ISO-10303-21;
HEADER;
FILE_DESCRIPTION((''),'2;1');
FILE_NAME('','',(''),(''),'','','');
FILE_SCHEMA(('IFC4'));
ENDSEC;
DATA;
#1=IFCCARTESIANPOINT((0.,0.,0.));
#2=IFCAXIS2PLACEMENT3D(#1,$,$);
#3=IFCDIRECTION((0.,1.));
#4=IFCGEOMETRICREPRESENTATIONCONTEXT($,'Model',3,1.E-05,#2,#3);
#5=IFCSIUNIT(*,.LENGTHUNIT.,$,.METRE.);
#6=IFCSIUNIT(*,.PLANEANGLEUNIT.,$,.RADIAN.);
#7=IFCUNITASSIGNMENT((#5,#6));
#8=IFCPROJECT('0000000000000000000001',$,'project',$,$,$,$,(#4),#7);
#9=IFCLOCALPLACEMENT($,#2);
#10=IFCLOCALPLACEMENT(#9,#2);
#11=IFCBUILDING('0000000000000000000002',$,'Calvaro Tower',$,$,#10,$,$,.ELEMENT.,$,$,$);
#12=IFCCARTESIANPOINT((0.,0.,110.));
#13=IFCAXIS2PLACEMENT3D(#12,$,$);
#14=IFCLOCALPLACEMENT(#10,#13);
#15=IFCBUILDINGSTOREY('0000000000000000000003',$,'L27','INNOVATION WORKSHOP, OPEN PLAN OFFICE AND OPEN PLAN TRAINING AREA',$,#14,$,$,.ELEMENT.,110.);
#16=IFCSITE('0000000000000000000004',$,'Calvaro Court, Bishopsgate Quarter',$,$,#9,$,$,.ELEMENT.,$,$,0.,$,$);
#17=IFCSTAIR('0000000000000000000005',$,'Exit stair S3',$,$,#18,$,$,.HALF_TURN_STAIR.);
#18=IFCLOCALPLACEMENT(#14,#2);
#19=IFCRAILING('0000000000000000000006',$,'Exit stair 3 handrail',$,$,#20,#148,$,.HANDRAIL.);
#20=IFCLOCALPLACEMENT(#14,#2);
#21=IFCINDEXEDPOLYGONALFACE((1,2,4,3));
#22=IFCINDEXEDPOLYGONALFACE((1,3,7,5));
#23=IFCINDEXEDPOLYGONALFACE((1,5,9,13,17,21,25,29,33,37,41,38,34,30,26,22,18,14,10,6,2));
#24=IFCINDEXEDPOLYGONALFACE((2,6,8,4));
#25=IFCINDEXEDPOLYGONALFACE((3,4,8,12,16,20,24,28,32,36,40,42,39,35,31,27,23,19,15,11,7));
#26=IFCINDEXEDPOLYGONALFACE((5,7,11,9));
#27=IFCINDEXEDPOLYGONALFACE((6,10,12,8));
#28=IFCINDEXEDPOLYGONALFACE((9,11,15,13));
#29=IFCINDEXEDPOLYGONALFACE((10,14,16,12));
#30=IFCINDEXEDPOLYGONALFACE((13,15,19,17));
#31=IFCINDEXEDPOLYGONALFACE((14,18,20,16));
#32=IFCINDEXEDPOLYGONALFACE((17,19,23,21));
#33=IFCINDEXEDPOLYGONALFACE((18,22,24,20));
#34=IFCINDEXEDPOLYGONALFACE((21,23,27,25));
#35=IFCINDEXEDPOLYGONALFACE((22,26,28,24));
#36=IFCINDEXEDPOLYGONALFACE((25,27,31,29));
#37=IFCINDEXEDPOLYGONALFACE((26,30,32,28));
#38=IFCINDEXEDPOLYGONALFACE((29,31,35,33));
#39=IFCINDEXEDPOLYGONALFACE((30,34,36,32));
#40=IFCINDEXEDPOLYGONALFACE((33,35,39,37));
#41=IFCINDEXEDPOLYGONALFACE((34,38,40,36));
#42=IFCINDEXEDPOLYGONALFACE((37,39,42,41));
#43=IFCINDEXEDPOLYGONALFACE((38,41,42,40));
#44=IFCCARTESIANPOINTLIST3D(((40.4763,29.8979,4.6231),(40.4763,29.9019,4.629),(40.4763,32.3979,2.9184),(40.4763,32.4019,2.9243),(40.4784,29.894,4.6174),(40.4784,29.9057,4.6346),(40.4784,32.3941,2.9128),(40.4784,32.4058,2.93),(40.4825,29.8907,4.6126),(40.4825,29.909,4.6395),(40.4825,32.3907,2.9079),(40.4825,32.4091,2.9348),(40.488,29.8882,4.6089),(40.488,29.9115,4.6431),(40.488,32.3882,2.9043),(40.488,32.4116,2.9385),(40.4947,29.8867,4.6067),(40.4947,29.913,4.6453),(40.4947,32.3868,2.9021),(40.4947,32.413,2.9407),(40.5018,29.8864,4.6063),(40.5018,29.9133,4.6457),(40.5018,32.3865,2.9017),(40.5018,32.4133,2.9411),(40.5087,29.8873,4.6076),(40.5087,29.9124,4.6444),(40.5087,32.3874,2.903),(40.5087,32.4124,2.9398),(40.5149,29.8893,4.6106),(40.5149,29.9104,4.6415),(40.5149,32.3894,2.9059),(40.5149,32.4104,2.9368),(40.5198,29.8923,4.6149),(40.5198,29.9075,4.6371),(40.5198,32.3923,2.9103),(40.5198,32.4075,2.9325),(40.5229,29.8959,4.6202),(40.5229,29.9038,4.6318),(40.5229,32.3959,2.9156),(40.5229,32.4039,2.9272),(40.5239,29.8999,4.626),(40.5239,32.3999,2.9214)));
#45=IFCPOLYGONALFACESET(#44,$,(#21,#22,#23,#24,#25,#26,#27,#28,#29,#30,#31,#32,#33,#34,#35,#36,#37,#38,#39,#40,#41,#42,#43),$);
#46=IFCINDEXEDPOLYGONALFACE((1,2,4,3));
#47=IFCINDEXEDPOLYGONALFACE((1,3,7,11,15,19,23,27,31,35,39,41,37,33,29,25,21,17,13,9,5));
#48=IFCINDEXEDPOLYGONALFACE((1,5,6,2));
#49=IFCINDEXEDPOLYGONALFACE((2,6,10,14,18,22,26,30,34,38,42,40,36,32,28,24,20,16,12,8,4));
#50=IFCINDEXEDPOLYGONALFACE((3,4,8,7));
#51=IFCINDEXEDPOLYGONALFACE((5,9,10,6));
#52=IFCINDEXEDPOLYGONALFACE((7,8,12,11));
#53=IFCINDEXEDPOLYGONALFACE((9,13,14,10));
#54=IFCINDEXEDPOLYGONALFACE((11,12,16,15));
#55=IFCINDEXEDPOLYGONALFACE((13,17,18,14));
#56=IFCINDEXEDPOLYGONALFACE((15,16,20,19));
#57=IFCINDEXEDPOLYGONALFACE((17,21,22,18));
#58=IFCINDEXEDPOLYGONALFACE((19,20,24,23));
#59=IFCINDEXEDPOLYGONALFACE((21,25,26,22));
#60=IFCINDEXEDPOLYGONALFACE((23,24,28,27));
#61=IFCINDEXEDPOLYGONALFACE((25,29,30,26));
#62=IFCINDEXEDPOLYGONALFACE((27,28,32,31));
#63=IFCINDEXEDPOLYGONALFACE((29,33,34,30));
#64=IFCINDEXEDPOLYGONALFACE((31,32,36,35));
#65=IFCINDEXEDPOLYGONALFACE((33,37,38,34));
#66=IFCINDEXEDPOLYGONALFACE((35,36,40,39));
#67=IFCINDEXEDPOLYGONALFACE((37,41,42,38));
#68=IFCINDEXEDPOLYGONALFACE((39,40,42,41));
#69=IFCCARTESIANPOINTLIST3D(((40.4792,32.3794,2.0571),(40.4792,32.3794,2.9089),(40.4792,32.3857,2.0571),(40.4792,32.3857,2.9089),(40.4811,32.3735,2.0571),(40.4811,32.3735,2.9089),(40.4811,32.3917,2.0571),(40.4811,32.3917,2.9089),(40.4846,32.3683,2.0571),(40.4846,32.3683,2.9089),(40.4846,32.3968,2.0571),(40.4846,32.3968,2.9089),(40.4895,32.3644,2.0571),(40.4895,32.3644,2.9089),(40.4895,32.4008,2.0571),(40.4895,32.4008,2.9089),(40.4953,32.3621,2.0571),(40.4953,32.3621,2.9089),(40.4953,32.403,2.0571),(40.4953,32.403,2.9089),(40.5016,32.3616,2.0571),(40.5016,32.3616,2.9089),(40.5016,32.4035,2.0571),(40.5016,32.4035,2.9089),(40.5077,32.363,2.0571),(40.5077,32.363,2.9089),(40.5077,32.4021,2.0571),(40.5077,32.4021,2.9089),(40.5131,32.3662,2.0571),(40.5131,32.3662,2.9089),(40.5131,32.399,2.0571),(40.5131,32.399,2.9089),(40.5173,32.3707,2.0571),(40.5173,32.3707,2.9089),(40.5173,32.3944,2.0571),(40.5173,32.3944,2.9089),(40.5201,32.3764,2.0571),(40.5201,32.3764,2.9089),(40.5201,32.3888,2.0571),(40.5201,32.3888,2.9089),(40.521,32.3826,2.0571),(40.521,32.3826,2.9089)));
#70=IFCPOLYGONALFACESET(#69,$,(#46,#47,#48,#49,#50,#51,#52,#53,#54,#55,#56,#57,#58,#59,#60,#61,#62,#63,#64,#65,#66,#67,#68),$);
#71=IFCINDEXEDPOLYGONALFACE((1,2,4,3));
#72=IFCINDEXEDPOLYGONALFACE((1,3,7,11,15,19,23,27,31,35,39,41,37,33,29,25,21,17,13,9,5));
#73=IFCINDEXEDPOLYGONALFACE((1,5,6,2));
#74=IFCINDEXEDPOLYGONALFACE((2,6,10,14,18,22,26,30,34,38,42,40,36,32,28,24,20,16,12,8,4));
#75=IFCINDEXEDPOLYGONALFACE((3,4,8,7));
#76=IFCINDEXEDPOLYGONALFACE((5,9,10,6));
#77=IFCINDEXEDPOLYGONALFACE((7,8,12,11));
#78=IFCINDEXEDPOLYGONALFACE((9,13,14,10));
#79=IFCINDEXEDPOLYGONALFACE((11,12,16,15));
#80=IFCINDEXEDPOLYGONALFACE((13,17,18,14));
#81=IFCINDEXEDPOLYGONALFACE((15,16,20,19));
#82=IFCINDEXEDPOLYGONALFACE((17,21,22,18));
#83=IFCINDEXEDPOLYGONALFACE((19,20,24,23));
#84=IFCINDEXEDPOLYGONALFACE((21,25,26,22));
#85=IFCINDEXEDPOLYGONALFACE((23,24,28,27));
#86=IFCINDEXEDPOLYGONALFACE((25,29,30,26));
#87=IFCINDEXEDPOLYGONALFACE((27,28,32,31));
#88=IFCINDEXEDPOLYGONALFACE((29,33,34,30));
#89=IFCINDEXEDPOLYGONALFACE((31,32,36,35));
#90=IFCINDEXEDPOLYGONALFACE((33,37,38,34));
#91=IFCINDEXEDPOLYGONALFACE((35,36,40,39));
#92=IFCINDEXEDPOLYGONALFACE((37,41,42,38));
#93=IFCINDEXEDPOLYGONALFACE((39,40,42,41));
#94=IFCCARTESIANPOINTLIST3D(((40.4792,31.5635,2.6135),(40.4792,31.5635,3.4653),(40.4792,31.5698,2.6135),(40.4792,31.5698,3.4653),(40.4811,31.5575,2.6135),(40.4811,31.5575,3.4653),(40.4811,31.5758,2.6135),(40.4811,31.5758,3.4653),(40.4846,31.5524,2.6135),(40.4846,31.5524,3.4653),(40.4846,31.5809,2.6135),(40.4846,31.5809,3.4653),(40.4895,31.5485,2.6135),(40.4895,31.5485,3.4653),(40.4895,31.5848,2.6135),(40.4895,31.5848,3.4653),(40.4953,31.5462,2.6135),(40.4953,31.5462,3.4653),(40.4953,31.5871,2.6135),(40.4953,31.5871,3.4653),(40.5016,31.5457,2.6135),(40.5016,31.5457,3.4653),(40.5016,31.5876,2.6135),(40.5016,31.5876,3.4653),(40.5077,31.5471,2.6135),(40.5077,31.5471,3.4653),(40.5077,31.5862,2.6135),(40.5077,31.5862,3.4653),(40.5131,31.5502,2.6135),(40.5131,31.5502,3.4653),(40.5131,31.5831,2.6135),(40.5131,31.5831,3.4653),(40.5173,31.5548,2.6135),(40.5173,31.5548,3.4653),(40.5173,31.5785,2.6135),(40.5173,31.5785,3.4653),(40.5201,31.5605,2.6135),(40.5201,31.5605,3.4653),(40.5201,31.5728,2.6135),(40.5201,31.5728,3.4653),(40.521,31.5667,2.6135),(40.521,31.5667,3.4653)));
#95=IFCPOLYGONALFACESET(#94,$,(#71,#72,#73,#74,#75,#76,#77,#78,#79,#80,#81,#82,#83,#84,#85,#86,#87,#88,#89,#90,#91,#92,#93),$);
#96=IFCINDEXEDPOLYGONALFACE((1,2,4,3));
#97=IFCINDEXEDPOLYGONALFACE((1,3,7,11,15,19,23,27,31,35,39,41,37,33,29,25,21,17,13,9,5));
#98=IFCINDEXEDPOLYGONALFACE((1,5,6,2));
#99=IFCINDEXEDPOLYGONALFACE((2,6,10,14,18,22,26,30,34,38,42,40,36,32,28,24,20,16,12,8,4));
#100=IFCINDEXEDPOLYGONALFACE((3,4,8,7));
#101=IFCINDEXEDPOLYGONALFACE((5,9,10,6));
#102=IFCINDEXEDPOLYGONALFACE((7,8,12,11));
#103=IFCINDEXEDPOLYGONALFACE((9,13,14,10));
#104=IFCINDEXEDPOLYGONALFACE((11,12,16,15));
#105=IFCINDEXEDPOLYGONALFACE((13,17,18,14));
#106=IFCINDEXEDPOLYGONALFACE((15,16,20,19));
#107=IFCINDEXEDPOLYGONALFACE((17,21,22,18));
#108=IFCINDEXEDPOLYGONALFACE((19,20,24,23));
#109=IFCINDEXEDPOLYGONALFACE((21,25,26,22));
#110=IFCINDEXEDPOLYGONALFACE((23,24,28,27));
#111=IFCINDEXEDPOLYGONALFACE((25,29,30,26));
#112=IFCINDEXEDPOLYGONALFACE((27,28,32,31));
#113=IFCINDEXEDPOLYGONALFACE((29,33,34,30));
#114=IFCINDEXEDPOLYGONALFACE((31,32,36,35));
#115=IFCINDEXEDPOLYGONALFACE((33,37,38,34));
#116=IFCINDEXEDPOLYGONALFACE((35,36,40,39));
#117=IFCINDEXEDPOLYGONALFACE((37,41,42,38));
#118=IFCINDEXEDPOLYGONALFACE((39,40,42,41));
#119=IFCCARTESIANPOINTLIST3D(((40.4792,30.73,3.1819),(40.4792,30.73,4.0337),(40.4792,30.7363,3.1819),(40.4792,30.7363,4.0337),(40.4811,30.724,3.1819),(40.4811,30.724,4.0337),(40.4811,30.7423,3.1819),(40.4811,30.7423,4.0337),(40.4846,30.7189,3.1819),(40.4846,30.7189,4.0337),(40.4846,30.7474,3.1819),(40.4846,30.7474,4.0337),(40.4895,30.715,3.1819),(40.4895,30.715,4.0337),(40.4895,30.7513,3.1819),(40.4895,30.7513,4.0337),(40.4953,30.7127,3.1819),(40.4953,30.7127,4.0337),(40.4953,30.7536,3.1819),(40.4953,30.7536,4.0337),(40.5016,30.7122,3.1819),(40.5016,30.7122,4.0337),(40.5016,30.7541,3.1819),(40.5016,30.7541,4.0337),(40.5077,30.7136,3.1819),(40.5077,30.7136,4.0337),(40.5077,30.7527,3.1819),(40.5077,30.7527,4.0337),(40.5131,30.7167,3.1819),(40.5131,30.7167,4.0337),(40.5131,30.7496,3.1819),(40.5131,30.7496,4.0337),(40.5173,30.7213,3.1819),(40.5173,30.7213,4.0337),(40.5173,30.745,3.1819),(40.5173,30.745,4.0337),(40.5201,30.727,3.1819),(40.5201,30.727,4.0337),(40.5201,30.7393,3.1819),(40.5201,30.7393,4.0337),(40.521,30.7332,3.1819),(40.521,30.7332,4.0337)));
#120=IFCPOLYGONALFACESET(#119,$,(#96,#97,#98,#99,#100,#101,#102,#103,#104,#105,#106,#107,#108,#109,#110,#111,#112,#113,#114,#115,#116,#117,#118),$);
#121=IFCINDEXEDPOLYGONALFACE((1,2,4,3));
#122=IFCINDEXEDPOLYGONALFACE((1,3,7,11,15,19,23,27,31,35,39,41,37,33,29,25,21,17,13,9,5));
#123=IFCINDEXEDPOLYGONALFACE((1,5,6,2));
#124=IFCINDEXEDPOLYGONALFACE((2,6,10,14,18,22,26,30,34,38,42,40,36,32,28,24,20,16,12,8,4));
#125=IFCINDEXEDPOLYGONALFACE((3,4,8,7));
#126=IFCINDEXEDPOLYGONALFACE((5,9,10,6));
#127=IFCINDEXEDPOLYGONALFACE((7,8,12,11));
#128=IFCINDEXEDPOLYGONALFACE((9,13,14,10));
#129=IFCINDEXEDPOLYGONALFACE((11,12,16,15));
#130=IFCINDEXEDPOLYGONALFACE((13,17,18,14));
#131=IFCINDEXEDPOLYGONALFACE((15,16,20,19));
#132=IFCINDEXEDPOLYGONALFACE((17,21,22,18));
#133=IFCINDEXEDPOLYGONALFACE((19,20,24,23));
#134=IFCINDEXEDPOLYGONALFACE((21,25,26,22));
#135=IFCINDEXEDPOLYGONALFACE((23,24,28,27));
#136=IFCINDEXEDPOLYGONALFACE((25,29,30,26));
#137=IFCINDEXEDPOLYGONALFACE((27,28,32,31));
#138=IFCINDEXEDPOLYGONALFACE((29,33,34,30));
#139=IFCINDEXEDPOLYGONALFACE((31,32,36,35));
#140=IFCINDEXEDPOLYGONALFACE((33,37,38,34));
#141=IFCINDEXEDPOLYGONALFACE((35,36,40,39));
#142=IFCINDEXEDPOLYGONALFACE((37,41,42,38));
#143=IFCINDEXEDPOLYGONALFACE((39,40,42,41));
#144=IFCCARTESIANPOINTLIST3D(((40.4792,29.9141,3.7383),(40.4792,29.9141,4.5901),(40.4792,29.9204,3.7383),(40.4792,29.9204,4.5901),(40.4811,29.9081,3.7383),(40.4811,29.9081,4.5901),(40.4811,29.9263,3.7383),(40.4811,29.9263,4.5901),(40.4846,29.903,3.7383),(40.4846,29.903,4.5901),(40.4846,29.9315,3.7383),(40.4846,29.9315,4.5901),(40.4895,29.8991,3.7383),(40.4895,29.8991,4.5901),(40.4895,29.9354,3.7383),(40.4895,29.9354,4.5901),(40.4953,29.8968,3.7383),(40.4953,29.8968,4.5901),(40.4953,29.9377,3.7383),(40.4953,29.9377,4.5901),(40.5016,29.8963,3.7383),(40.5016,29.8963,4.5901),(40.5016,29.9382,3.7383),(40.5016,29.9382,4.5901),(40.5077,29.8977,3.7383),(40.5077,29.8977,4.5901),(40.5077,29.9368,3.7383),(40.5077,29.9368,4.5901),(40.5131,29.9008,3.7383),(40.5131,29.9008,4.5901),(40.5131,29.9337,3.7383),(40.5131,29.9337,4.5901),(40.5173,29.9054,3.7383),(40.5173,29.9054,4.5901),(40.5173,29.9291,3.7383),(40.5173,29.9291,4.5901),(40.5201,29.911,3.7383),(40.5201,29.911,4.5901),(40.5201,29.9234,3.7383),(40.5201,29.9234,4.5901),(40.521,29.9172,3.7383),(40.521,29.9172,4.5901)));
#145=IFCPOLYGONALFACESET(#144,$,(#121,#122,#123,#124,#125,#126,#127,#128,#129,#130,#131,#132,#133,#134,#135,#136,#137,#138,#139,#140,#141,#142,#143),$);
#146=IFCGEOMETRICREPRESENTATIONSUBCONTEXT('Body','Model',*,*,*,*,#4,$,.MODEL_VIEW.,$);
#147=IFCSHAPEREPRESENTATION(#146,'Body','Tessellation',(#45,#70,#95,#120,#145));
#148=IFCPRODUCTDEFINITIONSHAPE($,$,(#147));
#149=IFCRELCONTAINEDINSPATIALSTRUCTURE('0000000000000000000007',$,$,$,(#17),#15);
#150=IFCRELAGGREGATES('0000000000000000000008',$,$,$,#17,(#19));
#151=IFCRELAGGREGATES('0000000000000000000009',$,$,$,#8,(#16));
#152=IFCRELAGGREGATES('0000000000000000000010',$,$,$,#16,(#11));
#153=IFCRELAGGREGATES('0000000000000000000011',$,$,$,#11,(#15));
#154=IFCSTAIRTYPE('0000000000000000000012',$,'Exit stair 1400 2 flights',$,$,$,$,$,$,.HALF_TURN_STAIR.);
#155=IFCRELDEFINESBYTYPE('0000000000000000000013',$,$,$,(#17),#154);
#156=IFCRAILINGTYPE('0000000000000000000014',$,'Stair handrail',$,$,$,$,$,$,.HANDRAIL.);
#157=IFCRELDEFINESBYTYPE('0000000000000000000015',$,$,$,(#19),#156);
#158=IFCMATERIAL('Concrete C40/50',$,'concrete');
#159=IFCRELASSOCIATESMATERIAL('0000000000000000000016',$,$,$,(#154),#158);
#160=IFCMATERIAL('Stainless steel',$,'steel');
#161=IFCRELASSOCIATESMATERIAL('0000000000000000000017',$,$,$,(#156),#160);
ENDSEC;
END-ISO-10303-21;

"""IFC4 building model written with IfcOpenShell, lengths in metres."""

from ifc_helpers import new_model, si_unit, direction, frame, origin, origin_2d, place, context, subcontext, project, spatial, circle, extrude, material, type_object, element, aggregate, save


model = new_model("IFC4")

# Units and contexts
model_context = context("Model", 3, precision=1e-05, world=origin(), true_north=direction((0.0, 1.0)))
body_context = subcontext(model_context, "Body", "Model", "MODEL_VIEW")
ifc_project = project(units=[si_unit("LENGTHUNIT", "METRE"), si_unit("PLANEANGLEUNIT", "RADIAN")], contexts=[model_context])

# Site, building, storey
site_placement = place(None, origin())
site = spatial("IfcSite", under=ifc_project, at=site_placement, Name="Calvaro Court, Bishopsgate Quarter", CompositionType="ELEMENT", RefElevation=0.0)
building_placement = place(site_placement, origin())
building = spatial("IfcBuilding", under=site, at=building_placement, Name="Calvaro Tower", CompositionType="ELEMENT")
storey_placement = place(building_placement, frame((0.0, 0.0, 110.0)))
storey = spatial("IfcBuildingStorey", under=building, at=storey_placement, Name="L27", Description="INNOVATION WORKSHOP, OPEN PLAN OFFICE AND OPEN PLAN TRAINING AREA", CompositionType="ELEMENT", Elevation=110.0)

# Stair, railing
ifc_material_1 = material(Name="Concrete C40/50", Category="concrete")
stair_type = type_object("IfcStairType", Name="Exit stair 1400 2 flights", PredefinedType="HALF_TURN_STAIR", material=ifc_material_1)
stair_1_placement = place(storey_placement, origin())
stair_1 = element("IfcStair", 1, at=stair_1_placement, inside=storey, type_object=stair_type, Name="Exit stair S3", PredefinedType="HALF_TURN_STAIR")
ifc_material_2 = material(Name="Stainless steel", Category="steel")
railing_type = type_object("IfcRailingType", Name="Stair handrail", PredefinedType="HANDRAIL", material=ifc_material_2)
railing_1_placement = place(storey_placement, frame((40.5, 32.3999, 2.0454)))
railing_1 = element("IfcRailing", 2, at=railing_1_placement, type_object=railing_type, Name="Exit stair 3 handrail", PredefinedType="HANDRAIL", context=body_context, shape_type="SweptSolid", body=[
    extrude(circle(Radius=0.0239, at=origin_2d()), frame((0.0, 0.0, 0.876), z_axis=(0.0, -0.826221, 0.563347), x_axis=(1.0, 0.0, 0.0)), (0.0, 0.0, 1.0), 3.0259),
    extrude(circle(Radius=0.021, at=origin_2d()), frame((0.0, -0.0173, 0.0117)), (0.0, 0.0, 1.0), 0.8518),
    extrude(circle(Radius=0.021, at=origin_2d()), frame((0.0, -0.8333, 0.5681)), (0.0, 0.0, 1.0), 0.8518),
    extrude(circle(Radius=0.021, at=origin_2d()), frame((0.0, -1.6667, 1.1365)), (0.0, 0.0, 1.0), 0.8518),
    extrude(circle(Radius=0.021, at=origin_2d()), frame((0.0, -2.4827, 1.6929)), (0.0, 0.0, 1.0), 0.8518),
])
aggregate(stair_1, [railing_1])

save(model, "model.ifc")
